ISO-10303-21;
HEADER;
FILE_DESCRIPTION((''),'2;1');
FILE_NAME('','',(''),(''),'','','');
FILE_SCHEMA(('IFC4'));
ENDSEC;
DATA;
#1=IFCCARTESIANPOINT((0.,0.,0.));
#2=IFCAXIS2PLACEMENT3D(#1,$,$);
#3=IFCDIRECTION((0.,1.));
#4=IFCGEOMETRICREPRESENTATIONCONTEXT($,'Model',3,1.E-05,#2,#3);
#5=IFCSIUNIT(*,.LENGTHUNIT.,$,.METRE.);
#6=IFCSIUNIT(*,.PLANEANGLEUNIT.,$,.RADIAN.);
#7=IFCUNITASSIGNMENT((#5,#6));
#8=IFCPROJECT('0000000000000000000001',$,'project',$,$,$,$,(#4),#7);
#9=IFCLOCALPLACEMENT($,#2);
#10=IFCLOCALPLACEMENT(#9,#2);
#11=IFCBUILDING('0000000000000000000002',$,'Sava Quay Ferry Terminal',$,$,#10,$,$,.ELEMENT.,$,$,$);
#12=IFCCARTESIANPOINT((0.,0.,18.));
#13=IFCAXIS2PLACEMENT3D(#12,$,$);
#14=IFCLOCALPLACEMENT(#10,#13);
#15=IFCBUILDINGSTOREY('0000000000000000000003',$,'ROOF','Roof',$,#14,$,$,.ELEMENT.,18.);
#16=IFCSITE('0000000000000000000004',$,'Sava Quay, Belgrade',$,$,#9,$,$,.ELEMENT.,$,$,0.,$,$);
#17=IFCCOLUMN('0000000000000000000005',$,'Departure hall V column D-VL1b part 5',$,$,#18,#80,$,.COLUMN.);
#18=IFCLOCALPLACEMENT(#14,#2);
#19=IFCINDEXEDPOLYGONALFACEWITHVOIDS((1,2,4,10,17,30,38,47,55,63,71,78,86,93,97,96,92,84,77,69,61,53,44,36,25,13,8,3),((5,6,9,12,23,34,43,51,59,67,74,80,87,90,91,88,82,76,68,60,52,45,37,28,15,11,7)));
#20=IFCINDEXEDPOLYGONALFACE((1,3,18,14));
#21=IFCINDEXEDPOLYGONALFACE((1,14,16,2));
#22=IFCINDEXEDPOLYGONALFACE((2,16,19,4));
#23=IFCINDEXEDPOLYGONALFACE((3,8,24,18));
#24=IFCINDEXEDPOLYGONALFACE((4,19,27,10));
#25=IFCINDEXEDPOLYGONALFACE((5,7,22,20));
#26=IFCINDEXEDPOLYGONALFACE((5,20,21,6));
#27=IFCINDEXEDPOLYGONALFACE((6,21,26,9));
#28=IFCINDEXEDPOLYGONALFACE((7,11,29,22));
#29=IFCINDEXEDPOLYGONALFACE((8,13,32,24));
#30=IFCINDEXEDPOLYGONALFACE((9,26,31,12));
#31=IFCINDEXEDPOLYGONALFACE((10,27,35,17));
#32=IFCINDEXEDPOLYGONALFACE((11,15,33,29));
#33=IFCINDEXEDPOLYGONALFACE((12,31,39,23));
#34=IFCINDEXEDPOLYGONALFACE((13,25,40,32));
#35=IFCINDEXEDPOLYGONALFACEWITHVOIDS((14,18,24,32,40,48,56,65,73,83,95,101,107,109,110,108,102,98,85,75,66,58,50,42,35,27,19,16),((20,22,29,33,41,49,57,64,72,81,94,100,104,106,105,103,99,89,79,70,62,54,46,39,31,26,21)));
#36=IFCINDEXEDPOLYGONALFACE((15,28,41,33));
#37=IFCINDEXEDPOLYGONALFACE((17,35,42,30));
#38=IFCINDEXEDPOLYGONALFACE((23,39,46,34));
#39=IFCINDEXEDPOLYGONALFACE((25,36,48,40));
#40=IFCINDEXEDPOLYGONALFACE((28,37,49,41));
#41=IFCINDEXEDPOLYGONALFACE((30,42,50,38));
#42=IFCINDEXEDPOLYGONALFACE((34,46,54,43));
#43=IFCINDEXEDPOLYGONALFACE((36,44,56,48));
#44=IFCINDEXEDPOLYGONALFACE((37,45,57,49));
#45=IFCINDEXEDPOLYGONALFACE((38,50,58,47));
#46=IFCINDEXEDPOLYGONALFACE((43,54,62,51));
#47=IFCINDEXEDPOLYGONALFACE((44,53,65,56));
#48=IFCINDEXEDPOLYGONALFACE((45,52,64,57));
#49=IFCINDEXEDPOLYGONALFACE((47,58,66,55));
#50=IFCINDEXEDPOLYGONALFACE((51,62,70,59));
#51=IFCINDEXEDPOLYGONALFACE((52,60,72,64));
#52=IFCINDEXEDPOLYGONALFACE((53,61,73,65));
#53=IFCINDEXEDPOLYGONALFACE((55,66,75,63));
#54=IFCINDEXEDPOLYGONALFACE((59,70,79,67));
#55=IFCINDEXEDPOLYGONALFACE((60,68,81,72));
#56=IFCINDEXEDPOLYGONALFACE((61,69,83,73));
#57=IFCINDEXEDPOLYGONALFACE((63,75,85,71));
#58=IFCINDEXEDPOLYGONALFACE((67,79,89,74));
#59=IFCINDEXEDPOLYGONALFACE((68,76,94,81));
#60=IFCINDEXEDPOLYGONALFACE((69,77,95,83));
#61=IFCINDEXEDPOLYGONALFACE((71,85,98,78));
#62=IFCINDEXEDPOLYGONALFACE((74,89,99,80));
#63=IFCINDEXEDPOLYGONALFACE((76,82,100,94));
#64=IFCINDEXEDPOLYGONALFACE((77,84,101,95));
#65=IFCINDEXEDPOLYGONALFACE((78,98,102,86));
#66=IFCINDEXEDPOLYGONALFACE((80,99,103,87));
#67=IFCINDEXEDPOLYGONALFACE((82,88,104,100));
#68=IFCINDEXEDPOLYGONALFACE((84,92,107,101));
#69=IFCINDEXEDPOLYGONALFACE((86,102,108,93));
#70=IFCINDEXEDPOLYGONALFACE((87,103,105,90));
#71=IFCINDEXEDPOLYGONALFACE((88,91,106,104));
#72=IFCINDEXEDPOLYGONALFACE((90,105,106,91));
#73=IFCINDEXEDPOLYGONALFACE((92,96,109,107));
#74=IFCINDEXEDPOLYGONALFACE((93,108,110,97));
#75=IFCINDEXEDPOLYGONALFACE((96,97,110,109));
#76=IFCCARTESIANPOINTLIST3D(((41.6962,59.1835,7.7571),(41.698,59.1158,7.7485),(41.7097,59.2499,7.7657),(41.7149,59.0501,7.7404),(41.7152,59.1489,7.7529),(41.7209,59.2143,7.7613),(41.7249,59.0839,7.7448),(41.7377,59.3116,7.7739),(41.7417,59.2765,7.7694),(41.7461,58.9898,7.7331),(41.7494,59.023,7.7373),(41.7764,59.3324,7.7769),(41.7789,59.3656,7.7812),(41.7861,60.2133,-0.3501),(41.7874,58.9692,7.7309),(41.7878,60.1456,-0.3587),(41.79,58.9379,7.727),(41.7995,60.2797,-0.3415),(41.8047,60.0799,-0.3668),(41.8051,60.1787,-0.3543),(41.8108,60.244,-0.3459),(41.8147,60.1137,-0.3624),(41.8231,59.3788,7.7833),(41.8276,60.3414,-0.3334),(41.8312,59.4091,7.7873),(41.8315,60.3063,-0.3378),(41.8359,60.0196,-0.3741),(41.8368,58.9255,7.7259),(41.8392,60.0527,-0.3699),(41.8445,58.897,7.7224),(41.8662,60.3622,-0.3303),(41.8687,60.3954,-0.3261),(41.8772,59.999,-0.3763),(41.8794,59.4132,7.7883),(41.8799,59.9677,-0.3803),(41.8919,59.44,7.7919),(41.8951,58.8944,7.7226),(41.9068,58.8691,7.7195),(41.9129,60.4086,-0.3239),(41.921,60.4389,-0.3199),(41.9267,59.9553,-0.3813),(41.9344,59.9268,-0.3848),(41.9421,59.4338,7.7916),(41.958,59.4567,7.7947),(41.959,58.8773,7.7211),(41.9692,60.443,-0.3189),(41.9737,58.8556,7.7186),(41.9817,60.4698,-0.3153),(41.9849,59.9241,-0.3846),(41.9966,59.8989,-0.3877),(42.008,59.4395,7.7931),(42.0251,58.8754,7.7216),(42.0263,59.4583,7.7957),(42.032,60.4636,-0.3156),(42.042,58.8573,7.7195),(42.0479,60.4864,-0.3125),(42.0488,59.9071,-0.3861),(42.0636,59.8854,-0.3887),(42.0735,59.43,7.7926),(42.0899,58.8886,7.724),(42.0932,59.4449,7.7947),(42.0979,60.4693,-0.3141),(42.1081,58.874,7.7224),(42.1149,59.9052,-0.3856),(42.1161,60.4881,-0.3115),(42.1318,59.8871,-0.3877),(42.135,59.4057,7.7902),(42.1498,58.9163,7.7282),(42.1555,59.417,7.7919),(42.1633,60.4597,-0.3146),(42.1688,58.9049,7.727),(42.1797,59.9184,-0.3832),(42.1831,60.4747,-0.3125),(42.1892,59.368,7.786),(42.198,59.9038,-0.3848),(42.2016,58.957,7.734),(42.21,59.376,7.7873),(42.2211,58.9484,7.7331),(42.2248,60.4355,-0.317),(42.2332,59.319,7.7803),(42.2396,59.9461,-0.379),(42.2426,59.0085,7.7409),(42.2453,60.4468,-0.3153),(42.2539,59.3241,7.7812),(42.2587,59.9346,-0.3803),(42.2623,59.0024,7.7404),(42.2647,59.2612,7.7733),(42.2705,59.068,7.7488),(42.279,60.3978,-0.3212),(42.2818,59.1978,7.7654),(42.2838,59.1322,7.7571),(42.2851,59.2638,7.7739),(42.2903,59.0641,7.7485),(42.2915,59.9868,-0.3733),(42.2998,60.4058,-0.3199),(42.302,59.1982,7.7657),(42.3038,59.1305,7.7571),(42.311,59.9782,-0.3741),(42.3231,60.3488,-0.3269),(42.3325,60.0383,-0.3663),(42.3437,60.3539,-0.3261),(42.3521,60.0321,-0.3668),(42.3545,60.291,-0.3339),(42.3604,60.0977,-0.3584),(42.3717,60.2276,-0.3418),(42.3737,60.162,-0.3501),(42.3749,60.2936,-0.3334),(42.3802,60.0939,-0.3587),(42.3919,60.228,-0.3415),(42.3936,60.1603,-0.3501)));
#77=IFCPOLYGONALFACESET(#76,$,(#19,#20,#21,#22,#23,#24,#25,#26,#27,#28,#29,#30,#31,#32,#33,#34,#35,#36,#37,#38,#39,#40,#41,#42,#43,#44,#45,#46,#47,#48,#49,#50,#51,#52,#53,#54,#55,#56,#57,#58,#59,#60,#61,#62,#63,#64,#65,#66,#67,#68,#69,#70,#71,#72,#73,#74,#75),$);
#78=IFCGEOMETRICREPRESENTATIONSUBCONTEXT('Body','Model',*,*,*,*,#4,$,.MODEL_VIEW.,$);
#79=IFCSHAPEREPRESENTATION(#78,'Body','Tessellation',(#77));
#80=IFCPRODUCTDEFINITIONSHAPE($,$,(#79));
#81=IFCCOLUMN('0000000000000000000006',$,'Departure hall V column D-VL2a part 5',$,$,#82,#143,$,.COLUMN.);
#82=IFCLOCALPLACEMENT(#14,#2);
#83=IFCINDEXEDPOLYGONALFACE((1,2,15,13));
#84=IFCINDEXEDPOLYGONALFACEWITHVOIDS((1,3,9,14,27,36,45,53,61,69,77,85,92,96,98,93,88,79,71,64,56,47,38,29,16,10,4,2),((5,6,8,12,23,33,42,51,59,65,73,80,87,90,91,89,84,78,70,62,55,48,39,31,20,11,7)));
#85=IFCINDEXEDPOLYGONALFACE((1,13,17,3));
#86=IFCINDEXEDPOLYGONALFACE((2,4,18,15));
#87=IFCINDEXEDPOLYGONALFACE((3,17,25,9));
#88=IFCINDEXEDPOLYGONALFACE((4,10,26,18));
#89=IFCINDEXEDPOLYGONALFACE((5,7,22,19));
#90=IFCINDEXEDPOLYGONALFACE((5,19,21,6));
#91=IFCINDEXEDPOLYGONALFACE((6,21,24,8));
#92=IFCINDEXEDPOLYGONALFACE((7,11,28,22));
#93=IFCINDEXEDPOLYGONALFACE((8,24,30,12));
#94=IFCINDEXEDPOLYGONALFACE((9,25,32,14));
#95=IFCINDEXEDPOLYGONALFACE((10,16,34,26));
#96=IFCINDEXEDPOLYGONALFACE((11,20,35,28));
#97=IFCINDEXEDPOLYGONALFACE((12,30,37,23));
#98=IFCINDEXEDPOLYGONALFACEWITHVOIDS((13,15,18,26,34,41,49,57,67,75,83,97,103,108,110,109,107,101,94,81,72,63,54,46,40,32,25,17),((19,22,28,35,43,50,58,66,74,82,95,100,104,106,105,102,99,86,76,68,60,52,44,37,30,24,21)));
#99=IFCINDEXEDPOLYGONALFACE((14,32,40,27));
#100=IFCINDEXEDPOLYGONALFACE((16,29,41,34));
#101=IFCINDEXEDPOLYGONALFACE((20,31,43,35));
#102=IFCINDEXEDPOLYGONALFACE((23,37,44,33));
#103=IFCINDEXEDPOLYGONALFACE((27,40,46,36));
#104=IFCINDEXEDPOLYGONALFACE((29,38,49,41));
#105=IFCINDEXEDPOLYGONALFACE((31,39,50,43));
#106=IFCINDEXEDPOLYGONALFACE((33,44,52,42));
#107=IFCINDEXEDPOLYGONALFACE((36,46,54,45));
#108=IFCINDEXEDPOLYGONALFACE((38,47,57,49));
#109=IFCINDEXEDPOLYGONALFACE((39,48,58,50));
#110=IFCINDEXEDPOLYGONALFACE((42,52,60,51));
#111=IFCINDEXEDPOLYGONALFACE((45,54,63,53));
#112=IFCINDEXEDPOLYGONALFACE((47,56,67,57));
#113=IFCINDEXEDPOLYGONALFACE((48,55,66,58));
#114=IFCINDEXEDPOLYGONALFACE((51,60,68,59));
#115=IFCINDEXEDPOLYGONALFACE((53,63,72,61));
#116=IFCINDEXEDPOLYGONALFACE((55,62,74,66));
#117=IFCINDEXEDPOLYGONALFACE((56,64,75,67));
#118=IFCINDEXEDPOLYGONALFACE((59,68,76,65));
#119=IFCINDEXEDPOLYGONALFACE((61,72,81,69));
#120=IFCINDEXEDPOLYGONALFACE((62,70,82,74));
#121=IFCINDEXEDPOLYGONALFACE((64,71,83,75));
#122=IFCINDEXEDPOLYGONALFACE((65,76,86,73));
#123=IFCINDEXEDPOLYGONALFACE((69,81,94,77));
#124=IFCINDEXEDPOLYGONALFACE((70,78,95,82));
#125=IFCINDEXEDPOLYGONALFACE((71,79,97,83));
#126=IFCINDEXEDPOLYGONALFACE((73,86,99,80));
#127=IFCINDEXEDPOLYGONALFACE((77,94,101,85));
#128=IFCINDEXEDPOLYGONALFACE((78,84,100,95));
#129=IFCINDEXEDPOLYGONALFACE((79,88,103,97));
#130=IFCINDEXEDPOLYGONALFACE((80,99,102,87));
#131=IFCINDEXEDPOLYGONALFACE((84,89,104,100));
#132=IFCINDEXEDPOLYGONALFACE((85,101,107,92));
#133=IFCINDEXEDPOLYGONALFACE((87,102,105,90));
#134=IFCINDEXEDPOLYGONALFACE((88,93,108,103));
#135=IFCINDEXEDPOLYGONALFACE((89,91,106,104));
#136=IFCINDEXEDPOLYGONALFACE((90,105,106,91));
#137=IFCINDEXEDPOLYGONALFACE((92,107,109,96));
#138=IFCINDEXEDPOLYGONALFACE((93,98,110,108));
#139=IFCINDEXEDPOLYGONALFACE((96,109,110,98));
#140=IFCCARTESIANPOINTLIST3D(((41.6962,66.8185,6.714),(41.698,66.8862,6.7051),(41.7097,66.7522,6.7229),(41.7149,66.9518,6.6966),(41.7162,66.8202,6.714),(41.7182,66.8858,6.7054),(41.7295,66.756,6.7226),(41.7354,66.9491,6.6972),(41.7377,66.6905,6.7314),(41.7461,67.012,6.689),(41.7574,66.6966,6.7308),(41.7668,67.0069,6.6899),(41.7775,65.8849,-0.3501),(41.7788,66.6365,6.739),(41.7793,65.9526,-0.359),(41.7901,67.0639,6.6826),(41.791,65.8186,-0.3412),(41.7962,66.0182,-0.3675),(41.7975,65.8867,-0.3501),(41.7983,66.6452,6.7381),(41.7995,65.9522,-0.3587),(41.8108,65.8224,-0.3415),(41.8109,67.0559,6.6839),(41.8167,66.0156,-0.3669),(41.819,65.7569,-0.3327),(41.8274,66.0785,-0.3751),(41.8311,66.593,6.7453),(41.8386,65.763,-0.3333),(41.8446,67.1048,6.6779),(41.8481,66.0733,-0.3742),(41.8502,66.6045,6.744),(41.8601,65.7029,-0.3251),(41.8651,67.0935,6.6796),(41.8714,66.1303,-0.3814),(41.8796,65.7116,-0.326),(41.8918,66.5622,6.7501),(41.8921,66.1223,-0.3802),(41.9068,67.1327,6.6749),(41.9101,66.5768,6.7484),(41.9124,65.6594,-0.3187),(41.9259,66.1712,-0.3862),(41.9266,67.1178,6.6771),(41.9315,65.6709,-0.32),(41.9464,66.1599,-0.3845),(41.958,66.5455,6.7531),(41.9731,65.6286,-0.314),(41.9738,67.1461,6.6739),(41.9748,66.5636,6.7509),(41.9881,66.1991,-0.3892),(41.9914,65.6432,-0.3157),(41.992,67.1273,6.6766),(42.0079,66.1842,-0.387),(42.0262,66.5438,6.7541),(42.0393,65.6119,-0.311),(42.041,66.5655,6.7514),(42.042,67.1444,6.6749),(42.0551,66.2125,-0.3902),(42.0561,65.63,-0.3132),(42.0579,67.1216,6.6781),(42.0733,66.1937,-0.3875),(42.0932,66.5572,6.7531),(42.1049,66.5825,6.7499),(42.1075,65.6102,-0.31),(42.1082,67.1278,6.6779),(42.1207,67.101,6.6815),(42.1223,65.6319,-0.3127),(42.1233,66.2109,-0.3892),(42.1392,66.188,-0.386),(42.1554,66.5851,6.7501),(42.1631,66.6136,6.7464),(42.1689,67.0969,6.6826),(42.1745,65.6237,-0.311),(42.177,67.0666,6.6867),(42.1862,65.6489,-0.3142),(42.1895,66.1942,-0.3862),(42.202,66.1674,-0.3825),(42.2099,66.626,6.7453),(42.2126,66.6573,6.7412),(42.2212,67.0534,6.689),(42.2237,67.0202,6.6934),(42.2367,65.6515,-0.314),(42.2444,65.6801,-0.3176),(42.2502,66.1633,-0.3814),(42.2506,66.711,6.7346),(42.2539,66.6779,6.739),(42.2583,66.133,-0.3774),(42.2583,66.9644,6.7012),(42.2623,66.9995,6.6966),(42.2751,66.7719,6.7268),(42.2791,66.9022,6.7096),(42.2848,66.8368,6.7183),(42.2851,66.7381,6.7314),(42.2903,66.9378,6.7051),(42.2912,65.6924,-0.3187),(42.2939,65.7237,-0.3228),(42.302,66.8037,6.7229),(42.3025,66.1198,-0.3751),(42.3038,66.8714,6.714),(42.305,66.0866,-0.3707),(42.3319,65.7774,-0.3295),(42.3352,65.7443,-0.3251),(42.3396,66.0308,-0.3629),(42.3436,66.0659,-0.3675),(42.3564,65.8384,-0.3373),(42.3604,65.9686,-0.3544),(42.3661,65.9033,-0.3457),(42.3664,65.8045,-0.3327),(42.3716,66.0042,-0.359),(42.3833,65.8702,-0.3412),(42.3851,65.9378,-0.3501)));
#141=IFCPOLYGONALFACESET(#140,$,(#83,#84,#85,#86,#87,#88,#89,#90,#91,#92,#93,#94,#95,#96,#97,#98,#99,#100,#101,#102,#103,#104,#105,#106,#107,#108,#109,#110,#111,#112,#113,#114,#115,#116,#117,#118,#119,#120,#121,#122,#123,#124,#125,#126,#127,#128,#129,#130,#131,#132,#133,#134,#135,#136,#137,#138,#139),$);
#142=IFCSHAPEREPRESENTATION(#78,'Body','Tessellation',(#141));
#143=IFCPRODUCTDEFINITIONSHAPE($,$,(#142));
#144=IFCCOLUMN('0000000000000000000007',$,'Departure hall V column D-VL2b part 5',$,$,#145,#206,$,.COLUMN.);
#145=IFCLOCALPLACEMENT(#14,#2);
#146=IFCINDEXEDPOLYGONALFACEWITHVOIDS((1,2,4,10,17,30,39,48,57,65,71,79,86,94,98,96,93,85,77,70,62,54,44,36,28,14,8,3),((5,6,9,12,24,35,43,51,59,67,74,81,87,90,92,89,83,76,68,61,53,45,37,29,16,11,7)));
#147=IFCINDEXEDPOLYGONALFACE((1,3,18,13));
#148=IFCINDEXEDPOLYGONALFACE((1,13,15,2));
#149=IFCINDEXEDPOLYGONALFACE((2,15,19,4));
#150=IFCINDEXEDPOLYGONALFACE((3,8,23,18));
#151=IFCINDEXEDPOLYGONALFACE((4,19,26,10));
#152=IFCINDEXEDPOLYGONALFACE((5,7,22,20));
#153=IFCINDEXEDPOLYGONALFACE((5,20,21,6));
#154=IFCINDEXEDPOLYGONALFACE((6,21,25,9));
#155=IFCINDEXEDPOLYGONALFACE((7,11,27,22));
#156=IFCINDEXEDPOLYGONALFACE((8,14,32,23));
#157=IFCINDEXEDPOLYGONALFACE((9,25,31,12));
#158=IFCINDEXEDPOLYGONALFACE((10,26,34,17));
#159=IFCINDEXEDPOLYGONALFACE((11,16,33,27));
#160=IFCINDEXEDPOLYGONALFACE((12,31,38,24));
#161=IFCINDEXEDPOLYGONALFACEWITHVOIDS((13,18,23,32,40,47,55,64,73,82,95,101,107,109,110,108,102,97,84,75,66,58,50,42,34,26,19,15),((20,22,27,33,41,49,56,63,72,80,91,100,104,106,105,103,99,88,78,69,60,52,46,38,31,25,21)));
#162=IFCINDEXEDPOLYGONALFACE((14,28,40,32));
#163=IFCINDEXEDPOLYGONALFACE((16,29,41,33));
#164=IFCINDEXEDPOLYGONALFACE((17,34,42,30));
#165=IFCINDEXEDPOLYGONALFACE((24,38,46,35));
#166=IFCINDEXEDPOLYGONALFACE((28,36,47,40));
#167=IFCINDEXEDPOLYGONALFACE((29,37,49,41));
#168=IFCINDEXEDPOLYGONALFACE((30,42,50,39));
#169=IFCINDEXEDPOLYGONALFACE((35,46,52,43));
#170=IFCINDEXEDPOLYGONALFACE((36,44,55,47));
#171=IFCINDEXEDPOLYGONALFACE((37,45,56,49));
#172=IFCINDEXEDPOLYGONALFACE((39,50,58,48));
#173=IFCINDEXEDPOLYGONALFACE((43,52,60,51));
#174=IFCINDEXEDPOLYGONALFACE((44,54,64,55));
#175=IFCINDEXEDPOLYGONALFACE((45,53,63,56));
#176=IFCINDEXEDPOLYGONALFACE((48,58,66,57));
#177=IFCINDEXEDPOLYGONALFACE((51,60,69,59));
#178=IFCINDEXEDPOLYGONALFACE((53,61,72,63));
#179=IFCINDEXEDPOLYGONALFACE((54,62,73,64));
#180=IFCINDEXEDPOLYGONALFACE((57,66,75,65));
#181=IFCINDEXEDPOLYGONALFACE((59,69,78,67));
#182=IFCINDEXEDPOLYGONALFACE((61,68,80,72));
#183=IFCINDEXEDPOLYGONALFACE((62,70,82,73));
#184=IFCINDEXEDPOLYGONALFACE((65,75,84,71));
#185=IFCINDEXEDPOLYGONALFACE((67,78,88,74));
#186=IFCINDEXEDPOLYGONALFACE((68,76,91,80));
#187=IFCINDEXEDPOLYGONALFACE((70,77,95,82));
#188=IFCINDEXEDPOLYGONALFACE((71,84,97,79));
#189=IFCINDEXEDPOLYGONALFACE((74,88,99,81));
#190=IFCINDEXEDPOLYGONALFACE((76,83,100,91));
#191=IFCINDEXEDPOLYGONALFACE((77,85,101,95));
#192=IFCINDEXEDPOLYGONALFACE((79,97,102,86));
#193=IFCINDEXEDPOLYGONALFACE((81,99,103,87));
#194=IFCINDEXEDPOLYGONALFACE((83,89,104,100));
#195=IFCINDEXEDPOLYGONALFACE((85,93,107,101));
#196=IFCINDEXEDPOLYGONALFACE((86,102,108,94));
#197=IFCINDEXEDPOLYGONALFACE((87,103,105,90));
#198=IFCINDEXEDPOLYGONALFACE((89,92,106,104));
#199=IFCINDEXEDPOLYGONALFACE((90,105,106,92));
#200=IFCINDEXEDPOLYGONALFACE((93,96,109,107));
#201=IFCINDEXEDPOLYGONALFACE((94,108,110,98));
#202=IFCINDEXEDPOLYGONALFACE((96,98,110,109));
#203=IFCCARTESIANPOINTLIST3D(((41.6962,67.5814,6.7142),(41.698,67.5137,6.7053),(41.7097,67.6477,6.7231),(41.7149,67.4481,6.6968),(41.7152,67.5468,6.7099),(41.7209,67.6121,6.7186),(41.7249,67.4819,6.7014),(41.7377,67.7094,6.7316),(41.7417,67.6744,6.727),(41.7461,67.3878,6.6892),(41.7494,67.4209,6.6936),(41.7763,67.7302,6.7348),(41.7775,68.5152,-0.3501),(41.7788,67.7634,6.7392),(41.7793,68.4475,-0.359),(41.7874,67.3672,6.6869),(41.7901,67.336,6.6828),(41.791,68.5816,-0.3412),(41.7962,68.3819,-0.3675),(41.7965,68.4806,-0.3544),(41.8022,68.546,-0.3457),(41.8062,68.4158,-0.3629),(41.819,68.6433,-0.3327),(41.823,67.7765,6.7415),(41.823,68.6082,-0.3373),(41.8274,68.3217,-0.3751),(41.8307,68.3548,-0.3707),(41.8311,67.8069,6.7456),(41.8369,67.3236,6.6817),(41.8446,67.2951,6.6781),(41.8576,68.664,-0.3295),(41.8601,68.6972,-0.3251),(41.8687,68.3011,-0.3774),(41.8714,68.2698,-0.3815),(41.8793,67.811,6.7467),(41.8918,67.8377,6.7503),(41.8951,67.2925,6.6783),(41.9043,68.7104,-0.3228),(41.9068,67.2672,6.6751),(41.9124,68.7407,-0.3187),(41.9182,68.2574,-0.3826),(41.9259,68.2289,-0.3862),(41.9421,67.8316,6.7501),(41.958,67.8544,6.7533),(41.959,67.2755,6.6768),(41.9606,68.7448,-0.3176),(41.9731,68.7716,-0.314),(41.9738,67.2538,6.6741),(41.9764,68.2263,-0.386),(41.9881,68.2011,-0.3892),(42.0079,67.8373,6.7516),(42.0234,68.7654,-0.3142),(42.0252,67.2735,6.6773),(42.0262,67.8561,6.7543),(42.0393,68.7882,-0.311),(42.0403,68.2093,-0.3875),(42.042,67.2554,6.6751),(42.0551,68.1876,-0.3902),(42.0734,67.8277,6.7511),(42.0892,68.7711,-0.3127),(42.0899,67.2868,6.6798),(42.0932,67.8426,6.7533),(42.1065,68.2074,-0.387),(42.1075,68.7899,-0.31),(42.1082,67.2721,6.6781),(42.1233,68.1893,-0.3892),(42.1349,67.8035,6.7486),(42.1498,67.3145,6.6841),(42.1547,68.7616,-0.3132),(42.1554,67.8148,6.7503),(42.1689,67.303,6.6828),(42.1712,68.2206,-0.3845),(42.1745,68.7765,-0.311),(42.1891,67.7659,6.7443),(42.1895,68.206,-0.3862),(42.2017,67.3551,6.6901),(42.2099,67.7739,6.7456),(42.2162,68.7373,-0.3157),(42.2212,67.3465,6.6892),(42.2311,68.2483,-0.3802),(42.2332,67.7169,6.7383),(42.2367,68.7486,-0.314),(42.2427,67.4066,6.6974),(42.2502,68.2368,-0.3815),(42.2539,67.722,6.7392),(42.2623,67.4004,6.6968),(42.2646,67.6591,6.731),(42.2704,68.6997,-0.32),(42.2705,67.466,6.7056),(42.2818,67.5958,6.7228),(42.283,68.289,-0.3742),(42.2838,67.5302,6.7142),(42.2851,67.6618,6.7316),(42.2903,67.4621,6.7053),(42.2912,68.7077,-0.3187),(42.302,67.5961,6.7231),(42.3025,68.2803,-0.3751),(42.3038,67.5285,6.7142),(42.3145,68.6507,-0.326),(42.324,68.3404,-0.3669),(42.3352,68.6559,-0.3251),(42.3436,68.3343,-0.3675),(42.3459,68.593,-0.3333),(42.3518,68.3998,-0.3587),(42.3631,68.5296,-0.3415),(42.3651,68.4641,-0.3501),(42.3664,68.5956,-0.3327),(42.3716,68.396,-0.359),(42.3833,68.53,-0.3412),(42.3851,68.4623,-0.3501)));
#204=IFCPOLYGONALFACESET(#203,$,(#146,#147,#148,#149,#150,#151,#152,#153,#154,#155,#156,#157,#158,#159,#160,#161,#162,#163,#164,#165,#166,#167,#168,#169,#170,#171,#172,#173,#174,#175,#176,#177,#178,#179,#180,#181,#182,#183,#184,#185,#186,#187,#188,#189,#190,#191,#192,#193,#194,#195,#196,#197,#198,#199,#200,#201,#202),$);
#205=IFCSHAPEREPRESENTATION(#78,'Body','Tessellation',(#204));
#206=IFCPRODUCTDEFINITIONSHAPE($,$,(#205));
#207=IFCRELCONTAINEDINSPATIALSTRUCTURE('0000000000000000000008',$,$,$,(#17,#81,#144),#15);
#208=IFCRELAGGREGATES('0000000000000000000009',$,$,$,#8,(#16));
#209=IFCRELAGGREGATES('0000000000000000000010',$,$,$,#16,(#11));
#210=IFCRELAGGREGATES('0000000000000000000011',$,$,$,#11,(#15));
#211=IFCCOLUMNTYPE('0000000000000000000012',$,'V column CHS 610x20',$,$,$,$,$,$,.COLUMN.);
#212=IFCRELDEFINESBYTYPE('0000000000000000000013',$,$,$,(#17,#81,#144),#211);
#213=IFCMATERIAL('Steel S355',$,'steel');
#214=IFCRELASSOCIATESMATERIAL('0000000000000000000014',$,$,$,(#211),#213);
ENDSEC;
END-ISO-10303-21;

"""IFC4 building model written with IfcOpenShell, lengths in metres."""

from ifc_helpers import new_model, si_unit, direction, frame, origin, origin_2d, place, context, subcontext, project, spatial, hollow_circle, extrude, material, material_profile, profile_set, type_object, element, save


model = new_model("IFC4")

# Units and contexts
model_context = context("Model", 3, precision=1e-05, world=origin(), true_north=direction((0.0, 1.0)))
body_context = subcontext(model_context, "Body", "Model", "MODEL_VIEW")
ifc_project = project(units=[si_unit("LENGTHUNIT", "METRE"), si_unit("PLANEANGLEUNIT", "RADIAN")], contexts=[model_context])

# Site, building, storey
site_placement = place(None, origin())
site = spatial("IfcSite", under=ifc_project, at=site_placement, Name="Sava Quay, Belgrade", CompositionType="ELEMENT", RefElevation=0.0)
building_placement = place(site_placement, origin())
building = spatial("IfcBuilding", under=site, at=building_placement, Name="Sava Quay Ferry Terminal", CompositionType="ELEMENT")
storey_placement = place(building_placement, frame((0.0, 0.0, 18.0)))
storey = spatial("IfcBuildingStorey", under=building, at=storey_placement, Name="ROOF", Description="Roof", CompositionType="ELEMENT", Elevation=18.0)

# Columns
ifc_material_1 = material(Name="Steel S355", Category="steel")
ifc_material_profile = material_profile(ifc_material_1, hollow_circle(Radius=0.3049, WallThickness=0.02, at=origin_2d()), Name="CHS 610 x 20.0")
ifc_profile_set = profile_set([ifc_material_profile], Name="Steel S355")
column_type = type_object("IfcColumnType", Name="V column CHS 610x20", PredefinedType="COLUMN", material=ifc_profile_set)
column_1_placement = place(storey_placement, frame((42.0898, 60.1868, -0.3501), z_axis=(-0.010993, -0.126001, 0.991969), x_axis=(0.996216, -0.086915, 0.0)))
element("IfcColumn", 1, at=column_1_placement, inside=storey, type_object=column_type, Name="Departure hall V column D-VL1b part 5", PredefinedType="COLUMN", context=body_context, shape_type="SweptSolid", body=[
    extrude(hollow_circle(Radius=0.3049, WallThickness=0.02, at=origin_2d()), origin(), (0.0, 0.0, 1.0), 8.1729),
])
column_2_placement = place(storey_placement, frame((42.0813, 65.9114, -0.3501), z_axis=(-0.011409, 0.131011, 0.991315), x_axis=(-0.99623, -0.086753, 0.0)))
element("IfcColumn", 2, at=column_2_placement, inside=storey, type_object=column_type, Name="Departure hall V column D-VL2a part 5", PredefinedType="COLUMN", context=body_context, shape_type="SweptSolid", body=[
    extrude(hollow_circle(Radius=0.3049, WallThickness=0.02, at=origin_2d()), origin(), (0.0, 0.0, 1.0), 7.126),
])
column_3_placement = place(storey_placement, frame((42.0813, 68.4888, -0.3501), z_axis=(-0.011409, -0.131044, 0.991311), x_axis=(0.996232, -0.086731, 0.0)))
element("IfcColumn", 3, at=column_3_placement, inside=storey, type_object=column_type, Name="Departure hall V column D-VL2b part 5", PredefinedType="COLUMN", context=body_context, shape_type="SweptSolid", body=[
    extrude(hollow_circle(Radius=0.3049, WallThickness=0.02, at=origin_2d()), origin(), (0.0, 0.0, 1.0), 7.1262),
])

save(model, "model.ifc")
